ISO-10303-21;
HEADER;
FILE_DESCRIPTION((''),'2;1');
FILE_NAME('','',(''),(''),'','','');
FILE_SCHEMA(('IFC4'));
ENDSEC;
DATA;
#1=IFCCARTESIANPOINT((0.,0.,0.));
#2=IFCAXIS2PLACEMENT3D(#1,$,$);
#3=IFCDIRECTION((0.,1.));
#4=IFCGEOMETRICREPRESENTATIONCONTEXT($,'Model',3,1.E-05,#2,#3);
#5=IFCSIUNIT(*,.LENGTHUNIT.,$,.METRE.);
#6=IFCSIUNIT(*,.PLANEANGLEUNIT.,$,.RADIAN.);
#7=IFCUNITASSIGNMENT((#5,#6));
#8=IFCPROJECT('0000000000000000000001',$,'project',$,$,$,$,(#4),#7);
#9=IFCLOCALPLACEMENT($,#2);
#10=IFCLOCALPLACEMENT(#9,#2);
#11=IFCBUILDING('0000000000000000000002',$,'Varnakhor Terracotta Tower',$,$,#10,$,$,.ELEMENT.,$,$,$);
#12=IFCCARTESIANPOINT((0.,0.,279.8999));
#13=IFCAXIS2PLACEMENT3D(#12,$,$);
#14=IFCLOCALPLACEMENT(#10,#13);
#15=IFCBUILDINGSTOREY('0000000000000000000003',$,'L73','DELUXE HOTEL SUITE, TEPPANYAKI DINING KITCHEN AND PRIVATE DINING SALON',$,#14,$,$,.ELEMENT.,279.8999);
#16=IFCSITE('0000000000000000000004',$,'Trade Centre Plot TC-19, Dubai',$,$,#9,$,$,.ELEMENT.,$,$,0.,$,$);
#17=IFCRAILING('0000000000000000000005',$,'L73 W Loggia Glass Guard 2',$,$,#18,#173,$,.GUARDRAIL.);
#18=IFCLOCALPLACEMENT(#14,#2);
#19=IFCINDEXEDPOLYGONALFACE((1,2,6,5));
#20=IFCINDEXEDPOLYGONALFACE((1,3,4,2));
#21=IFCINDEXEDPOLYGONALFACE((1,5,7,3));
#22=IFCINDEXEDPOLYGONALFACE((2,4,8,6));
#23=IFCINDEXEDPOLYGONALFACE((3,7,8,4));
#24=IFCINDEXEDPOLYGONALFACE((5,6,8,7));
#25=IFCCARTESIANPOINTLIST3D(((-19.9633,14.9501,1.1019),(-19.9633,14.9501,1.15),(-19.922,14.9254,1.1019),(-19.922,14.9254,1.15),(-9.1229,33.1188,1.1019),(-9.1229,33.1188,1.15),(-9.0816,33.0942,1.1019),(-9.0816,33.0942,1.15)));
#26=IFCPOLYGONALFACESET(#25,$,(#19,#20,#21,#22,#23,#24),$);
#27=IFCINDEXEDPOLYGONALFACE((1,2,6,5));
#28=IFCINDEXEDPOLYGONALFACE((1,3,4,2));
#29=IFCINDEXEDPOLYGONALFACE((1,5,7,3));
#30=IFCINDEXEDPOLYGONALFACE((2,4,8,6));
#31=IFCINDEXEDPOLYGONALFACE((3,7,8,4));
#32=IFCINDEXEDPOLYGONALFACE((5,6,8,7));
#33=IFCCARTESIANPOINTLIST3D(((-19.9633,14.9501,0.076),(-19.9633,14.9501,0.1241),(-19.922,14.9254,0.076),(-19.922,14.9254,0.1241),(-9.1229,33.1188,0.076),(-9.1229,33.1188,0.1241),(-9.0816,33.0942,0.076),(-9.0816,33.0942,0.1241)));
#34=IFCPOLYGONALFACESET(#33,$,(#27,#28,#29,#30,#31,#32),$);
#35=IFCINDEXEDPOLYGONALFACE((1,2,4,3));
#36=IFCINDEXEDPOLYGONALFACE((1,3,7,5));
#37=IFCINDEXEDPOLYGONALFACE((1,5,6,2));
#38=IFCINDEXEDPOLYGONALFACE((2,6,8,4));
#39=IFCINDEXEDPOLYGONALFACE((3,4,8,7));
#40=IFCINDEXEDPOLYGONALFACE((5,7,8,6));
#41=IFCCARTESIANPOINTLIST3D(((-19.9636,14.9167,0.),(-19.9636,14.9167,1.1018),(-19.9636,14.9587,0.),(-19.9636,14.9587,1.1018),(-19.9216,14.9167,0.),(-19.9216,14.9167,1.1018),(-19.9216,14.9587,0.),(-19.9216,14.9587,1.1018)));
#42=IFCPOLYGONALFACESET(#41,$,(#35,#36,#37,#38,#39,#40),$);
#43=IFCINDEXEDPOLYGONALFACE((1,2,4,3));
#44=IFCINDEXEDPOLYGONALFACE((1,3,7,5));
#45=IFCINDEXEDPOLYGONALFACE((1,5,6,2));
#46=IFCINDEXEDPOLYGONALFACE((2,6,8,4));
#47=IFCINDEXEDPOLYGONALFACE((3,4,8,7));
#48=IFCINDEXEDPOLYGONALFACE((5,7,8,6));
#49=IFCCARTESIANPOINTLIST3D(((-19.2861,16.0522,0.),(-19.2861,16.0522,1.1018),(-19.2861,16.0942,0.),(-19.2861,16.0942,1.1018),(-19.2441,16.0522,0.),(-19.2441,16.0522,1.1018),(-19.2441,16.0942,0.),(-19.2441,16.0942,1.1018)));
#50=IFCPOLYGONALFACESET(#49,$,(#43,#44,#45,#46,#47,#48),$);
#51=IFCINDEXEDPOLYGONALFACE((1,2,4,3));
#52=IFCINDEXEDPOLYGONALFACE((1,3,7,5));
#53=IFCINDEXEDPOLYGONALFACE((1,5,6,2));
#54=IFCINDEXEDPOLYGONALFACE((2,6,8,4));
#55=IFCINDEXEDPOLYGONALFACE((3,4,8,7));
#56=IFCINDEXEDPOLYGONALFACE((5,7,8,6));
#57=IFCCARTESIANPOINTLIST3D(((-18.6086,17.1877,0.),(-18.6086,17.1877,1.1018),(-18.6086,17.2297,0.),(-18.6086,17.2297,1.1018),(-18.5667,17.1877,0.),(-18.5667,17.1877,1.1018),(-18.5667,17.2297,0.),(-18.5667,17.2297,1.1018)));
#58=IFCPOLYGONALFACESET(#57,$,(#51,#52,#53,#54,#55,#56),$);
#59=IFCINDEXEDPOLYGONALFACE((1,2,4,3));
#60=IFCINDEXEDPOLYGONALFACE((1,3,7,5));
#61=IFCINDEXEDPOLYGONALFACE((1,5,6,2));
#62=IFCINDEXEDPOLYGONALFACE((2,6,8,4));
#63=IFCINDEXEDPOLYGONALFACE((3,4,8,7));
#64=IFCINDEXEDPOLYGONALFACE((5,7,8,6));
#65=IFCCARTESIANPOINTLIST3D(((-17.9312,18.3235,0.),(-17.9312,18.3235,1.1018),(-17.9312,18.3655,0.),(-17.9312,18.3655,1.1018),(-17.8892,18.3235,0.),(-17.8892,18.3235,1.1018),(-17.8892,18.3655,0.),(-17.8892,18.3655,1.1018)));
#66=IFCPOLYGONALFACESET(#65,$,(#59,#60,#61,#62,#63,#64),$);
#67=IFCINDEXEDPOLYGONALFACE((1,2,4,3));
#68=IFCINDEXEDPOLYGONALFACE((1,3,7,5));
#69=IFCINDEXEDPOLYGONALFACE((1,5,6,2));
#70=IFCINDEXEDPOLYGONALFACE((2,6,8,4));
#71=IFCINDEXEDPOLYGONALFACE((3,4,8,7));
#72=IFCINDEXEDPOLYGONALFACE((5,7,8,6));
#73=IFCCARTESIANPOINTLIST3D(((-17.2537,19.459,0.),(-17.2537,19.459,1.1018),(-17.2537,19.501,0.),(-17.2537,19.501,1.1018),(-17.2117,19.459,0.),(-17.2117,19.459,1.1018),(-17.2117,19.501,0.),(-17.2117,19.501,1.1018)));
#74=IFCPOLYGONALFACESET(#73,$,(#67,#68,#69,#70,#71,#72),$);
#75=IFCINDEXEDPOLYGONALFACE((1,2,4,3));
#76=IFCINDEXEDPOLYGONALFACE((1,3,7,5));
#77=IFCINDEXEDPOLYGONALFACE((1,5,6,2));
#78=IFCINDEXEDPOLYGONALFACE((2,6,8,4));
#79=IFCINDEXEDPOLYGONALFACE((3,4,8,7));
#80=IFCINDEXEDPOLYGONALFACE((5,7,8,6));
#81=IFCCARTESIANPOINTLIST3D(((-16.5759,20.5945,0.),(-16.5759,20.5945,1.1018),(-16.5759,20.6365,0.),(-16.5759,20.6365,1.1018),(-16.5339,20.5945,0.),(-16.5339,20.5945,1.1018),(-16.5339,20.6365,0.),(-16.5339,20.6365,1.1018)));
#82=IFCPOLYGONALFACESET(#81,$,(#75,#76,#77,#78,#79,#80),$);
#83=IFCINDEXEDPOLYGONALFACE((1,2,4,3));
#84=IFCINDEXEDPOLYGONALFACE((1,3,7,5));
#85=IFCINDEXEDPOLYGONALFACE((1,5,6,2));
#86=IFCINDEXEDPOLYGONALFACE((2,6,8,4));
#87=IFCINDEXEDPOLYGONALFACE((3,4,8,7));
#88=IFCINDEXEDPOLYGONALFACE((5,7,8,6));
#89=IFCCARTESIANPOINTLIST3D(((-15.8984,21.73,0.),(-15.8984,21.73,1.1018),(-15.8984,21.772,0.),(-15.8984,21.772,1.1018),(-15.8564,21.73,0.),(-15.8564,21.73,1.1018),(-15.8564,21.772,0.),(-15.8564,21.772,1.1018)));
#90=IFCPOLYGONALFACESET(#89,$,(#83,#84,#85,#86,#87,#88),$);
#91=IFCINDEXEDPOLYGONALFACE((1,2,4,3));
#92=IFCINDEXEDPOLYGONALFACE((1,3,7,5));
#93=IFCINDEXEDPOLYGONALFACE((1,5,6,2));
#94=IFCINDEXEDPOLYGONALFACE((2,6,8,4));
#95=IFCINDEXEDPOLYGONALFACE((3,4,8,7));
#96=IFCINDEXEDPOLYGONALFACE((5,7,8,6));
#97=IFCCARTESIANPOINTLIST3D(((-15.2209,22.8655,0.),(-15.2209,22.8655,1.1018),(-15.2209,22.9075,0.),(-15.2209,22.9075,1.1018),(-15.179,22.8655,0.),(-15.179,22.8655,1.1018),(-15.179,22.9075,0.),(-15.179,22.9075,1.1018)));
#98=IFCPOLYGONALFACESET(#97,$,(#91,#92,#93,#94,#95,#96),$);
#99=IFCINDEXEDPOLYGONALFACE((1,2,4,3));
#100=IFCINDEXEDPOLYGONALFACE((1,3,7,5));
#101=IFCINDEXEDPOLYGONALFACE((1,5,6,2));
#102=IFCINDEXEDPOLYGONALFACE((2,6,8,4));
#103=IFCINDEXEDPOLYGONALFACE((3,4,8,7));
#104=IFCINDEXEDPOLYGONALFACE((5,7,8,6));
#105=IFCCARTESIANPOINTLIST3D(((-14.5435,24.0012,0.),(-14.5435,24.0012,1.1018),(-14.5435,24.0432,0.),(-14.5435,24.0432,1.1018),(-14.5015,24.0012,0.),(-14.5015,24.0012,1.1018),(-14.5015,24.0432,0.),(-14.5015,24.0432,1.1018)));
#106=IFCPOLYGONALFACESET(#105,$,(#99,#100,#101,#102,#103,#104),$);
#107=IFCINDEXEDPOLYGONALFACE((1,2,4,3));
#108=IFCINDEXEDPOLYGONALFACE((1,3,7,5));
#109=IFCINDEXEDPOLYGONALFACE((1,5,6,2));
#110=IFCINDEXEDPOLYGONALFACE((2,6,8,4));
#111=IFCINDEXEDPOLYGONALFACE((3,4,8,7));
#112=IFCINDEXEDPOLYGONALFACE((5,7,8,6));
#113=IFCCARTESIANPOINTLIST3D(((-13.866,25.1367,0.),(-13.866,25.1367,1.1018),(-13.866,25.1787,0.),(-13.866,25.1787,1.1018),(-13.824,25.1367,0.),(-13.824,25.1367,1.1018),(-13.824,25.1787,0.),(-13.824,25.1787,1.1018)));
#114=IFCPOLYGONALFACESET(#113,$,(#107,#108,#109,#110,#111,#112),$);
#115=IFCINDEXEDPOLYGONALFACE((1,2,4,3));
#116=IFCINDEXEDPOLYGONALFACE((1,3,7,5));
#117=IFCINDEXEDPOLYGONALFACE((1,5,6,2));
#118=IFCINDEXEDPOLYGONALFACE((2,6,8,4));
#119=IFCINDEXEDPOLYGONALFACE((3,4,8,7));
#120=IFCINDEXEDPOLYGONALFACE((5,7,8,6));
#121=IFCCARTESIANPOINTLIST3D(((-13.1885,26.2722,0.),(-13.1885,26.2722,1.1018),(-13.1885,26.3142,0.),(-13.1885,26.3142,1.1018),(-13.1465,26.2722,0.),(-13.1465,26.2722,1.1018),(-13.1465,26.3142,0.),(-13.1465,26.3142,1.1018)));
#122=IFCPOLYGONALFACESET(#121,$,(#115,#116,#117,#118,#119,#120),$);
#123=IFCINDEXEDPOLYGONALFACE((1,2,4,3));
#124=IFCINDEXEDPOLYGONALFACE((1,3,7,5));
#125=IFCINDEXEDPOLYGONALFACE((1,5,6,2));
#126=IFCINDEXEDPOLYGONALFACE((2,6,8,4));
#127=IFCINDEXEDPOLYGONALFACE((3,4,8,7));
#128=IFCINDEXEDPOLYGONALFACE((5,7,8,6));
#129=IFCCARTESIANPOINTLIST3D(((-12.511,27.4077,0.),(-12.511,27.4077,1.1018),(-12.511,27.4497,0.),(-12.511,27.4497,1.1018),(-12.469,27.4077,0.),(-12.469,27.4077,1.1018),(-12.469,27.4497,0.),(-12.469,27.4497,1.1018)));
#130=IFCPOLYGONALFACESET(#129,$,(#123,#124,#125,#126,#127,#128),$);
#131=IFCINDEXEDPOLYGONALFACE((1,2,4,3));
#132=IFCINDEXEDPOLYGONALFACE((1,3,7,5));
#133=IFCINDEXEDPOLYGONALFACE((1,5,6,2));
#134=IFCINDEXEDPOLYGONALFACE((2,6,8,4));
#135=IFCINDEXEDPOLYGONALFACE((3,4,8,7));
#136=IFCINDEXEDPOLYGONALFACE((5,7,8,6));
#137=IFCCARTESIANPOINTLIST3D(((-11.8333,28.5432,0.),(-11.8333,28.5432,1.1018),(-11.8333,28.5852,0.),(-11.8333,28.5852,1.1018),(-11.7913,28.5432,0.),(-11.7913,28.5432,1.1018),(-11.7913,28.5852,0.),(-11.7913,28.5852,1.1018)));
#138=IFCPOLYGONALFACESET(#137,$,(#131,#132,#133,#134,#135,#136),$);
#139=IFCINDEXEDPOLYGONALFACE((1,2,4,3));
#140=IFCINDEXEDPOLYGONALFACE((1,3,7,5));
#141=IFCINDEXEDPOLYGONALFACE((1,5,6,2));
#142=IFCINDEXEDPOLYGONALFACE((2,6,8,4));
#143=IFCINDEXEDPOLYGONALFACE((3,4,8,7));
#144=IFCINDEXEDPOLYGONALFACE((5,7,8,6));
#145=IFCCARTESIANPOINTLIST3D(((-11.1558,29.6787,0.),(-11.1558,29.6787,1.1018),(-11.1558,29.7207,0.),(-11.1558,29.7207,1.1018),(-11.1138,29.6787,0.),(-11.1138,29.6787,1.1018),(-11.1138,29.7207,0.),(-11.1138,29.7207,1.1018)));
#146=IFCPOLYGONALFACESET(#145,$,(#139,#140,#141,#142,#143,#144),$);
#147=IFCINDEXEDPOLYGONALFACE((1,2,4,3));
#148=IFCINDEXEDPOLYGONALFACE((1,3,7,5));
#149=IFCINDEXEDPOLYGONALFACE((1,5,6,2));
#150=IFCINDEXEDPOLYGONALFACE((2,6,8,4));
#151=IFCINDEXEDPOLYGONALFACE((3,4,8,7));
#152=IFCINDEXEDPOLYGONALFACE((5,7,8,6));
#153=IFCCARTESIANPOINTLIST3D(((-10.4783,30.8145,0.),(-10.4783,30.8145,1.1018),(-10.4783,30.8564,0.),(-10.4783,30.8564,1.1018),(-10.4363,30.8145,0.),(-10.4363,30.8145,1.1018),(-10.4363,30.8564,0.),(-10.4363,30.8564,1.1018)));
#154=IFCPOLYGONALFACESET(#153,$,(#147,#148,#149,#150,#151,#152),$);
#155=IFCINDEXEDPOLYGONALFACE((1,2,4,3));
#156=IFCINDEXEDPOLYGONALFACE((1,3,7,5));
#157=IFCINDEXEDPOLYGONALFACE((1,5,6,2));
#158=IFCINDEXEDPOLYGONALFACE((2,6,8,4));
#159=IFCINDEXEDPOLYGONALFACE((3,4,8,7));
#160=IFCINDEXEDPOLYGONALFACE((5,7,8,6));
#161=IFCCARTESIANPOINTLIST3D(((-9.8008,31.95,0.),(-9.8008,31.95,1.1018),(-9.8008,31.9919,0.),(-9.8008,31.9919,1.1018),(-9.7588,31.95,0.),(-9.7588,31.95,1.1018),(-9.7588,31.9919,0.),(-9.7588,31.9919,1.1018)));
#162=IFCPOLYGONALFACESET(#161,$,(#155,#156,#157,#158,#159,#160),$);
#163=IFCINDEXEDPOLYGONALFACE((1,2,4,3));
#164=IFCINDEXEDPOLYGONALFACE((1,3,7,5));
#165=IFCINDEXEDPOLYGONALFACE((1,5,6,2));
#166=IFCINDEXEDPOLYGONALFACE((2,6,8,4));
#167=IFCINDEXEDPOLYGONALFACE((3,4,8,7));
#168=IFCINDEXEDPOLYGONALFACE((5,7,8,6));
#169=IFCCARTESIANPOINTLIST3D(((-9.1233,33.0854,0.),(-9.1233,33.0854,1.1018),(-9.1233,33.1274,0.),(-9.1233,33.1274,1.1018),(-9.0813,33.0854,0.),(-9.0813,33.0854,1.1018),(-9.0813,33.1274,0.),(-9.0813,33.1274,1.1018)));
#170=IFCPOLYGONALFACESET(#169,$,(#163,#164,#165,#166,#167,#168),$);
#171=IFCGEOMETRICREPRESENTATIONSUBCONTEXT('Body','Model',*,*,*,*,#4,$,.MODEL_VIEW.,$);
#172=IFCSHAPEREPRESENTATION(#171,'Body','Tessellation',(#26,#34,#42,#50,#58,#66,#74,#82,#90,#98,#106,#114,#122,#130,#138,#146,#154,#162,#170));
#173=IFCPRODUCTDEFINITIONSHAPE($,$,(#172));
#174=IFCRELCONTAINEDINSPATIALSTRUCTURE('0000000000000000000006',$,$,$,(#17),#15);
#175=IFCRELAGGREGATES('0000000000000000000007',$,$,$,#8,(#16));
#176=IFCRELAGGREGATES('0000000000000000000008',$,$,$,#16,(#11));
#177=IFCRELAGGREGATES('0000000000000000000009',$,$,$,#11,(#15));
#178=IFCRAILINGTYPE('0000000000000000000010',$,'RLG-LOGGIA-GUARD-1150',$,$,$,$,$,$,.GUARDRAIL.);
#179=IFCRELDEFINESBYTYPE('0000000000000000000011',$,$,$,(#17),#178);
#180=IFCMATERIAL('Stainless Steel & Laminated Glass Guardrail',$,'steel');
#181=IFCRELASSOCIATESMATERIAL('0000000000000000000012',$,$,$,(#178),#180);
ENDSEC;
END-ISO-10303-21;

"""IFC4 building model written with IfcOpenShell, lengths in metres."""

from ifc_helpers import new_model, si_unit, direction, frame, origin, origin_2d, place, context, subcontext, project, spatial, rectangle, extrude, material, type_object, element, save


model = new_model("IFC4")

# Units and contexts
model_context = context("Model", 3, precision=1e-05, world=origin(), true_north=direction((0.0, 1.0)))
body_context = subcontext(model_context, "Body", "Model", "MODEL_VIEW")
ifc_project = project(units=[si_unit("LENGTHUNIT", "METRE"), si_unit("PLANEANGLEUNIT", "RADIAN")], contexts=[model_context])

# Site, building, storey
site_placement = place(None, origin())
site = spatial("IfcSite", under=ifc_project, at=site_placement, Name="Trade Centre Plot TC-19, Dubai", CompositionType="ELEMENT", RefElevation=0.0)
building_placement = place(site_placement, origin())
building = spatial("IfcBuilding", under=site, at=building_placement, Name="Varnakhor Terracotta Tower", CompositionType="ELEMENT")
storey_placement = place(building_placement, frame((0.0, 0.0, 279.8999)))
storey = spatial("IfcBuildingStorey", under=building, at=storey_placement, Name="L73", Description="DELUXE HOTEL SUITE, TEPPANYAKI DINING KITCHEN AND PRIVATE DINING SALON", CompositionType="ELEMENT", Elevation=279.8999)

# Railing
ifc_material_1 = material(Name="Stainless Steel & Laminated Glass Guardrail", Category="steel")
railing_type = type_object("IfcRailingType", Name="RLG-LOGGIA-GUARD-1150", PredefinedType="GUARDRAIL", material=ifc_material_1)
railing_1_placement = place(storey_placement, frame((-19.9426, 14.9377, 0.0)))
element("IfcRailing", 1, at=railing_1_placement, inside=storey, type_object=railing_type, Name="L73 W Loggia Glass Guard 2", PredefinedType="GUARDRAIL", context=body_context, shape_type="SweptSolid", body=[
    extrude(rectangle(XDim=0.0481, YDim=0.0481, at=origin_2d()), frame((0.0, 0.0, 1.126), z_axis=(0.512378, 0.85876, 0.0), x_axis=(-0.85876, 0.512378, 0.0)), (0.0, 0.0, 1.0), 21.157),
    extrude(rectangle(XDim=0.0481, YDim=0.0481, at=origin_2d()), frame((0.0, 0.0, 0.1001), z_axis=(0.512378, 0.85876, 0.0), x_axis=(-0.85876, 0.512378, 0.0)), (0.0, 0.0, 1.0), 21.157),
    extrude(rectangle(XDim=0.042, YDim=0.042, at=origin_2d()), origin(), (0.0, 0.0, 1.0), 1.1018),
    extrude(rectangle(XDim=0.042, YDim=0.042, at=origin_2d()), frame((0.6775, 1.1355, 0.0)), (0.0, 0.0, 1.0), 1.1018),
    extrude(rectangle(XDim=0.042, YDim=0.042, at=origin_2d()), frame((1.355, 2.271, 0.0)), (0.0, 0.0, 1.0), 1.1018),
    extrude(rectangle(XDim=0.042, YDim=0.042, at=origin_2d()), frame((2.0325, 3.4067, 0.0)), (0.0, 0.0, 1.0), 1.1018),
    extrude(rectangle(XDim=0.042, YDim=0.042, at=origin_2d()), frame((2.71, 4.5422, 0.0)), (0.0, 0.0, 1.0), 1.1018),
    extrude(rectangle(XDim=0.042, YDim=0.042, at=origin_2d()), frame((3.3877, 5.6777, 0.0)), (0.0, 0.0, 1.0), 1.1018),
    extrude(rectangle(XDim=0.042, YDim=0.042, at=origin_2d()), frame((4.0652, 6.8132, 0.0)), (0.0, 0.0, 1.0), 1.1018),
    extrude(rectangle(XDim=0.042, YDim=0.042, at=origin_2d()), frame((4.7427, 7.9487, 0.0)), (0.0, 0.0, 1.0), 1.1018),
    extrude(rectangle(XDim=0.042, YDim=0.042, at=origin_2d()), frame((5.4202, 9.0845, 0.0)), (0.0, 0.0, 1.0), 1.1018),
    extrude(rectangle(XDim=0.042, YDim=0.042, at=origin_2d()), frame((6.0977, 10.22, 0.0)), (0.0, 0.0, 1.0), 1.1018),
    extrude(rectangle(XDim=0.042, YDim=0.042, at=origin_2d()), frame((6.7751, 11.3555, 0.0)), (0.0, 0.0, 1.0), 1.1018),
    extrude(rectangle(XDim=0.042, YDim=0.042, at=origin_2d()), frame((7.4526, 12.491, 0.0)), (0.0, 0.0, 1.0), 1.1018),
    extrude(rectangle(XDim=0.042, YDim=0.042, at=origin_2d()), frame((8.1304, 13.6265, 0.0)), (0.0, 0.0, 1.0), 1.1018),
    extrude(rectangle(XDim=0.042, YDim=0.042, at=origin_2d()), frame((8.8079, 14.762, 0.0)), (0.0, 0.0, 1.0), 1.1018),
    extrude(rectangle(XDim=0.042, YDim=0.042, at=origin_2d()), frame((9.4854, 15.8977, 0.0)), (0.0, 0.0, 1.0), 1.1018),
    extrude(rectangle(XDim=0.042, YDim=0.042, at=origin_2d()), frame((10.1628, 17.0332, 0.0)), (0.0, 0.0, 1.0), 1.1018),
    extrude(rectangle(XDim=0.042, YDim=0.042, at=origin_2d()), frame((10.8403, 18.1687, 0.0)), (0.0, 0.0, 1.0), 1.1018),
])

save(model, "model.ifc")
